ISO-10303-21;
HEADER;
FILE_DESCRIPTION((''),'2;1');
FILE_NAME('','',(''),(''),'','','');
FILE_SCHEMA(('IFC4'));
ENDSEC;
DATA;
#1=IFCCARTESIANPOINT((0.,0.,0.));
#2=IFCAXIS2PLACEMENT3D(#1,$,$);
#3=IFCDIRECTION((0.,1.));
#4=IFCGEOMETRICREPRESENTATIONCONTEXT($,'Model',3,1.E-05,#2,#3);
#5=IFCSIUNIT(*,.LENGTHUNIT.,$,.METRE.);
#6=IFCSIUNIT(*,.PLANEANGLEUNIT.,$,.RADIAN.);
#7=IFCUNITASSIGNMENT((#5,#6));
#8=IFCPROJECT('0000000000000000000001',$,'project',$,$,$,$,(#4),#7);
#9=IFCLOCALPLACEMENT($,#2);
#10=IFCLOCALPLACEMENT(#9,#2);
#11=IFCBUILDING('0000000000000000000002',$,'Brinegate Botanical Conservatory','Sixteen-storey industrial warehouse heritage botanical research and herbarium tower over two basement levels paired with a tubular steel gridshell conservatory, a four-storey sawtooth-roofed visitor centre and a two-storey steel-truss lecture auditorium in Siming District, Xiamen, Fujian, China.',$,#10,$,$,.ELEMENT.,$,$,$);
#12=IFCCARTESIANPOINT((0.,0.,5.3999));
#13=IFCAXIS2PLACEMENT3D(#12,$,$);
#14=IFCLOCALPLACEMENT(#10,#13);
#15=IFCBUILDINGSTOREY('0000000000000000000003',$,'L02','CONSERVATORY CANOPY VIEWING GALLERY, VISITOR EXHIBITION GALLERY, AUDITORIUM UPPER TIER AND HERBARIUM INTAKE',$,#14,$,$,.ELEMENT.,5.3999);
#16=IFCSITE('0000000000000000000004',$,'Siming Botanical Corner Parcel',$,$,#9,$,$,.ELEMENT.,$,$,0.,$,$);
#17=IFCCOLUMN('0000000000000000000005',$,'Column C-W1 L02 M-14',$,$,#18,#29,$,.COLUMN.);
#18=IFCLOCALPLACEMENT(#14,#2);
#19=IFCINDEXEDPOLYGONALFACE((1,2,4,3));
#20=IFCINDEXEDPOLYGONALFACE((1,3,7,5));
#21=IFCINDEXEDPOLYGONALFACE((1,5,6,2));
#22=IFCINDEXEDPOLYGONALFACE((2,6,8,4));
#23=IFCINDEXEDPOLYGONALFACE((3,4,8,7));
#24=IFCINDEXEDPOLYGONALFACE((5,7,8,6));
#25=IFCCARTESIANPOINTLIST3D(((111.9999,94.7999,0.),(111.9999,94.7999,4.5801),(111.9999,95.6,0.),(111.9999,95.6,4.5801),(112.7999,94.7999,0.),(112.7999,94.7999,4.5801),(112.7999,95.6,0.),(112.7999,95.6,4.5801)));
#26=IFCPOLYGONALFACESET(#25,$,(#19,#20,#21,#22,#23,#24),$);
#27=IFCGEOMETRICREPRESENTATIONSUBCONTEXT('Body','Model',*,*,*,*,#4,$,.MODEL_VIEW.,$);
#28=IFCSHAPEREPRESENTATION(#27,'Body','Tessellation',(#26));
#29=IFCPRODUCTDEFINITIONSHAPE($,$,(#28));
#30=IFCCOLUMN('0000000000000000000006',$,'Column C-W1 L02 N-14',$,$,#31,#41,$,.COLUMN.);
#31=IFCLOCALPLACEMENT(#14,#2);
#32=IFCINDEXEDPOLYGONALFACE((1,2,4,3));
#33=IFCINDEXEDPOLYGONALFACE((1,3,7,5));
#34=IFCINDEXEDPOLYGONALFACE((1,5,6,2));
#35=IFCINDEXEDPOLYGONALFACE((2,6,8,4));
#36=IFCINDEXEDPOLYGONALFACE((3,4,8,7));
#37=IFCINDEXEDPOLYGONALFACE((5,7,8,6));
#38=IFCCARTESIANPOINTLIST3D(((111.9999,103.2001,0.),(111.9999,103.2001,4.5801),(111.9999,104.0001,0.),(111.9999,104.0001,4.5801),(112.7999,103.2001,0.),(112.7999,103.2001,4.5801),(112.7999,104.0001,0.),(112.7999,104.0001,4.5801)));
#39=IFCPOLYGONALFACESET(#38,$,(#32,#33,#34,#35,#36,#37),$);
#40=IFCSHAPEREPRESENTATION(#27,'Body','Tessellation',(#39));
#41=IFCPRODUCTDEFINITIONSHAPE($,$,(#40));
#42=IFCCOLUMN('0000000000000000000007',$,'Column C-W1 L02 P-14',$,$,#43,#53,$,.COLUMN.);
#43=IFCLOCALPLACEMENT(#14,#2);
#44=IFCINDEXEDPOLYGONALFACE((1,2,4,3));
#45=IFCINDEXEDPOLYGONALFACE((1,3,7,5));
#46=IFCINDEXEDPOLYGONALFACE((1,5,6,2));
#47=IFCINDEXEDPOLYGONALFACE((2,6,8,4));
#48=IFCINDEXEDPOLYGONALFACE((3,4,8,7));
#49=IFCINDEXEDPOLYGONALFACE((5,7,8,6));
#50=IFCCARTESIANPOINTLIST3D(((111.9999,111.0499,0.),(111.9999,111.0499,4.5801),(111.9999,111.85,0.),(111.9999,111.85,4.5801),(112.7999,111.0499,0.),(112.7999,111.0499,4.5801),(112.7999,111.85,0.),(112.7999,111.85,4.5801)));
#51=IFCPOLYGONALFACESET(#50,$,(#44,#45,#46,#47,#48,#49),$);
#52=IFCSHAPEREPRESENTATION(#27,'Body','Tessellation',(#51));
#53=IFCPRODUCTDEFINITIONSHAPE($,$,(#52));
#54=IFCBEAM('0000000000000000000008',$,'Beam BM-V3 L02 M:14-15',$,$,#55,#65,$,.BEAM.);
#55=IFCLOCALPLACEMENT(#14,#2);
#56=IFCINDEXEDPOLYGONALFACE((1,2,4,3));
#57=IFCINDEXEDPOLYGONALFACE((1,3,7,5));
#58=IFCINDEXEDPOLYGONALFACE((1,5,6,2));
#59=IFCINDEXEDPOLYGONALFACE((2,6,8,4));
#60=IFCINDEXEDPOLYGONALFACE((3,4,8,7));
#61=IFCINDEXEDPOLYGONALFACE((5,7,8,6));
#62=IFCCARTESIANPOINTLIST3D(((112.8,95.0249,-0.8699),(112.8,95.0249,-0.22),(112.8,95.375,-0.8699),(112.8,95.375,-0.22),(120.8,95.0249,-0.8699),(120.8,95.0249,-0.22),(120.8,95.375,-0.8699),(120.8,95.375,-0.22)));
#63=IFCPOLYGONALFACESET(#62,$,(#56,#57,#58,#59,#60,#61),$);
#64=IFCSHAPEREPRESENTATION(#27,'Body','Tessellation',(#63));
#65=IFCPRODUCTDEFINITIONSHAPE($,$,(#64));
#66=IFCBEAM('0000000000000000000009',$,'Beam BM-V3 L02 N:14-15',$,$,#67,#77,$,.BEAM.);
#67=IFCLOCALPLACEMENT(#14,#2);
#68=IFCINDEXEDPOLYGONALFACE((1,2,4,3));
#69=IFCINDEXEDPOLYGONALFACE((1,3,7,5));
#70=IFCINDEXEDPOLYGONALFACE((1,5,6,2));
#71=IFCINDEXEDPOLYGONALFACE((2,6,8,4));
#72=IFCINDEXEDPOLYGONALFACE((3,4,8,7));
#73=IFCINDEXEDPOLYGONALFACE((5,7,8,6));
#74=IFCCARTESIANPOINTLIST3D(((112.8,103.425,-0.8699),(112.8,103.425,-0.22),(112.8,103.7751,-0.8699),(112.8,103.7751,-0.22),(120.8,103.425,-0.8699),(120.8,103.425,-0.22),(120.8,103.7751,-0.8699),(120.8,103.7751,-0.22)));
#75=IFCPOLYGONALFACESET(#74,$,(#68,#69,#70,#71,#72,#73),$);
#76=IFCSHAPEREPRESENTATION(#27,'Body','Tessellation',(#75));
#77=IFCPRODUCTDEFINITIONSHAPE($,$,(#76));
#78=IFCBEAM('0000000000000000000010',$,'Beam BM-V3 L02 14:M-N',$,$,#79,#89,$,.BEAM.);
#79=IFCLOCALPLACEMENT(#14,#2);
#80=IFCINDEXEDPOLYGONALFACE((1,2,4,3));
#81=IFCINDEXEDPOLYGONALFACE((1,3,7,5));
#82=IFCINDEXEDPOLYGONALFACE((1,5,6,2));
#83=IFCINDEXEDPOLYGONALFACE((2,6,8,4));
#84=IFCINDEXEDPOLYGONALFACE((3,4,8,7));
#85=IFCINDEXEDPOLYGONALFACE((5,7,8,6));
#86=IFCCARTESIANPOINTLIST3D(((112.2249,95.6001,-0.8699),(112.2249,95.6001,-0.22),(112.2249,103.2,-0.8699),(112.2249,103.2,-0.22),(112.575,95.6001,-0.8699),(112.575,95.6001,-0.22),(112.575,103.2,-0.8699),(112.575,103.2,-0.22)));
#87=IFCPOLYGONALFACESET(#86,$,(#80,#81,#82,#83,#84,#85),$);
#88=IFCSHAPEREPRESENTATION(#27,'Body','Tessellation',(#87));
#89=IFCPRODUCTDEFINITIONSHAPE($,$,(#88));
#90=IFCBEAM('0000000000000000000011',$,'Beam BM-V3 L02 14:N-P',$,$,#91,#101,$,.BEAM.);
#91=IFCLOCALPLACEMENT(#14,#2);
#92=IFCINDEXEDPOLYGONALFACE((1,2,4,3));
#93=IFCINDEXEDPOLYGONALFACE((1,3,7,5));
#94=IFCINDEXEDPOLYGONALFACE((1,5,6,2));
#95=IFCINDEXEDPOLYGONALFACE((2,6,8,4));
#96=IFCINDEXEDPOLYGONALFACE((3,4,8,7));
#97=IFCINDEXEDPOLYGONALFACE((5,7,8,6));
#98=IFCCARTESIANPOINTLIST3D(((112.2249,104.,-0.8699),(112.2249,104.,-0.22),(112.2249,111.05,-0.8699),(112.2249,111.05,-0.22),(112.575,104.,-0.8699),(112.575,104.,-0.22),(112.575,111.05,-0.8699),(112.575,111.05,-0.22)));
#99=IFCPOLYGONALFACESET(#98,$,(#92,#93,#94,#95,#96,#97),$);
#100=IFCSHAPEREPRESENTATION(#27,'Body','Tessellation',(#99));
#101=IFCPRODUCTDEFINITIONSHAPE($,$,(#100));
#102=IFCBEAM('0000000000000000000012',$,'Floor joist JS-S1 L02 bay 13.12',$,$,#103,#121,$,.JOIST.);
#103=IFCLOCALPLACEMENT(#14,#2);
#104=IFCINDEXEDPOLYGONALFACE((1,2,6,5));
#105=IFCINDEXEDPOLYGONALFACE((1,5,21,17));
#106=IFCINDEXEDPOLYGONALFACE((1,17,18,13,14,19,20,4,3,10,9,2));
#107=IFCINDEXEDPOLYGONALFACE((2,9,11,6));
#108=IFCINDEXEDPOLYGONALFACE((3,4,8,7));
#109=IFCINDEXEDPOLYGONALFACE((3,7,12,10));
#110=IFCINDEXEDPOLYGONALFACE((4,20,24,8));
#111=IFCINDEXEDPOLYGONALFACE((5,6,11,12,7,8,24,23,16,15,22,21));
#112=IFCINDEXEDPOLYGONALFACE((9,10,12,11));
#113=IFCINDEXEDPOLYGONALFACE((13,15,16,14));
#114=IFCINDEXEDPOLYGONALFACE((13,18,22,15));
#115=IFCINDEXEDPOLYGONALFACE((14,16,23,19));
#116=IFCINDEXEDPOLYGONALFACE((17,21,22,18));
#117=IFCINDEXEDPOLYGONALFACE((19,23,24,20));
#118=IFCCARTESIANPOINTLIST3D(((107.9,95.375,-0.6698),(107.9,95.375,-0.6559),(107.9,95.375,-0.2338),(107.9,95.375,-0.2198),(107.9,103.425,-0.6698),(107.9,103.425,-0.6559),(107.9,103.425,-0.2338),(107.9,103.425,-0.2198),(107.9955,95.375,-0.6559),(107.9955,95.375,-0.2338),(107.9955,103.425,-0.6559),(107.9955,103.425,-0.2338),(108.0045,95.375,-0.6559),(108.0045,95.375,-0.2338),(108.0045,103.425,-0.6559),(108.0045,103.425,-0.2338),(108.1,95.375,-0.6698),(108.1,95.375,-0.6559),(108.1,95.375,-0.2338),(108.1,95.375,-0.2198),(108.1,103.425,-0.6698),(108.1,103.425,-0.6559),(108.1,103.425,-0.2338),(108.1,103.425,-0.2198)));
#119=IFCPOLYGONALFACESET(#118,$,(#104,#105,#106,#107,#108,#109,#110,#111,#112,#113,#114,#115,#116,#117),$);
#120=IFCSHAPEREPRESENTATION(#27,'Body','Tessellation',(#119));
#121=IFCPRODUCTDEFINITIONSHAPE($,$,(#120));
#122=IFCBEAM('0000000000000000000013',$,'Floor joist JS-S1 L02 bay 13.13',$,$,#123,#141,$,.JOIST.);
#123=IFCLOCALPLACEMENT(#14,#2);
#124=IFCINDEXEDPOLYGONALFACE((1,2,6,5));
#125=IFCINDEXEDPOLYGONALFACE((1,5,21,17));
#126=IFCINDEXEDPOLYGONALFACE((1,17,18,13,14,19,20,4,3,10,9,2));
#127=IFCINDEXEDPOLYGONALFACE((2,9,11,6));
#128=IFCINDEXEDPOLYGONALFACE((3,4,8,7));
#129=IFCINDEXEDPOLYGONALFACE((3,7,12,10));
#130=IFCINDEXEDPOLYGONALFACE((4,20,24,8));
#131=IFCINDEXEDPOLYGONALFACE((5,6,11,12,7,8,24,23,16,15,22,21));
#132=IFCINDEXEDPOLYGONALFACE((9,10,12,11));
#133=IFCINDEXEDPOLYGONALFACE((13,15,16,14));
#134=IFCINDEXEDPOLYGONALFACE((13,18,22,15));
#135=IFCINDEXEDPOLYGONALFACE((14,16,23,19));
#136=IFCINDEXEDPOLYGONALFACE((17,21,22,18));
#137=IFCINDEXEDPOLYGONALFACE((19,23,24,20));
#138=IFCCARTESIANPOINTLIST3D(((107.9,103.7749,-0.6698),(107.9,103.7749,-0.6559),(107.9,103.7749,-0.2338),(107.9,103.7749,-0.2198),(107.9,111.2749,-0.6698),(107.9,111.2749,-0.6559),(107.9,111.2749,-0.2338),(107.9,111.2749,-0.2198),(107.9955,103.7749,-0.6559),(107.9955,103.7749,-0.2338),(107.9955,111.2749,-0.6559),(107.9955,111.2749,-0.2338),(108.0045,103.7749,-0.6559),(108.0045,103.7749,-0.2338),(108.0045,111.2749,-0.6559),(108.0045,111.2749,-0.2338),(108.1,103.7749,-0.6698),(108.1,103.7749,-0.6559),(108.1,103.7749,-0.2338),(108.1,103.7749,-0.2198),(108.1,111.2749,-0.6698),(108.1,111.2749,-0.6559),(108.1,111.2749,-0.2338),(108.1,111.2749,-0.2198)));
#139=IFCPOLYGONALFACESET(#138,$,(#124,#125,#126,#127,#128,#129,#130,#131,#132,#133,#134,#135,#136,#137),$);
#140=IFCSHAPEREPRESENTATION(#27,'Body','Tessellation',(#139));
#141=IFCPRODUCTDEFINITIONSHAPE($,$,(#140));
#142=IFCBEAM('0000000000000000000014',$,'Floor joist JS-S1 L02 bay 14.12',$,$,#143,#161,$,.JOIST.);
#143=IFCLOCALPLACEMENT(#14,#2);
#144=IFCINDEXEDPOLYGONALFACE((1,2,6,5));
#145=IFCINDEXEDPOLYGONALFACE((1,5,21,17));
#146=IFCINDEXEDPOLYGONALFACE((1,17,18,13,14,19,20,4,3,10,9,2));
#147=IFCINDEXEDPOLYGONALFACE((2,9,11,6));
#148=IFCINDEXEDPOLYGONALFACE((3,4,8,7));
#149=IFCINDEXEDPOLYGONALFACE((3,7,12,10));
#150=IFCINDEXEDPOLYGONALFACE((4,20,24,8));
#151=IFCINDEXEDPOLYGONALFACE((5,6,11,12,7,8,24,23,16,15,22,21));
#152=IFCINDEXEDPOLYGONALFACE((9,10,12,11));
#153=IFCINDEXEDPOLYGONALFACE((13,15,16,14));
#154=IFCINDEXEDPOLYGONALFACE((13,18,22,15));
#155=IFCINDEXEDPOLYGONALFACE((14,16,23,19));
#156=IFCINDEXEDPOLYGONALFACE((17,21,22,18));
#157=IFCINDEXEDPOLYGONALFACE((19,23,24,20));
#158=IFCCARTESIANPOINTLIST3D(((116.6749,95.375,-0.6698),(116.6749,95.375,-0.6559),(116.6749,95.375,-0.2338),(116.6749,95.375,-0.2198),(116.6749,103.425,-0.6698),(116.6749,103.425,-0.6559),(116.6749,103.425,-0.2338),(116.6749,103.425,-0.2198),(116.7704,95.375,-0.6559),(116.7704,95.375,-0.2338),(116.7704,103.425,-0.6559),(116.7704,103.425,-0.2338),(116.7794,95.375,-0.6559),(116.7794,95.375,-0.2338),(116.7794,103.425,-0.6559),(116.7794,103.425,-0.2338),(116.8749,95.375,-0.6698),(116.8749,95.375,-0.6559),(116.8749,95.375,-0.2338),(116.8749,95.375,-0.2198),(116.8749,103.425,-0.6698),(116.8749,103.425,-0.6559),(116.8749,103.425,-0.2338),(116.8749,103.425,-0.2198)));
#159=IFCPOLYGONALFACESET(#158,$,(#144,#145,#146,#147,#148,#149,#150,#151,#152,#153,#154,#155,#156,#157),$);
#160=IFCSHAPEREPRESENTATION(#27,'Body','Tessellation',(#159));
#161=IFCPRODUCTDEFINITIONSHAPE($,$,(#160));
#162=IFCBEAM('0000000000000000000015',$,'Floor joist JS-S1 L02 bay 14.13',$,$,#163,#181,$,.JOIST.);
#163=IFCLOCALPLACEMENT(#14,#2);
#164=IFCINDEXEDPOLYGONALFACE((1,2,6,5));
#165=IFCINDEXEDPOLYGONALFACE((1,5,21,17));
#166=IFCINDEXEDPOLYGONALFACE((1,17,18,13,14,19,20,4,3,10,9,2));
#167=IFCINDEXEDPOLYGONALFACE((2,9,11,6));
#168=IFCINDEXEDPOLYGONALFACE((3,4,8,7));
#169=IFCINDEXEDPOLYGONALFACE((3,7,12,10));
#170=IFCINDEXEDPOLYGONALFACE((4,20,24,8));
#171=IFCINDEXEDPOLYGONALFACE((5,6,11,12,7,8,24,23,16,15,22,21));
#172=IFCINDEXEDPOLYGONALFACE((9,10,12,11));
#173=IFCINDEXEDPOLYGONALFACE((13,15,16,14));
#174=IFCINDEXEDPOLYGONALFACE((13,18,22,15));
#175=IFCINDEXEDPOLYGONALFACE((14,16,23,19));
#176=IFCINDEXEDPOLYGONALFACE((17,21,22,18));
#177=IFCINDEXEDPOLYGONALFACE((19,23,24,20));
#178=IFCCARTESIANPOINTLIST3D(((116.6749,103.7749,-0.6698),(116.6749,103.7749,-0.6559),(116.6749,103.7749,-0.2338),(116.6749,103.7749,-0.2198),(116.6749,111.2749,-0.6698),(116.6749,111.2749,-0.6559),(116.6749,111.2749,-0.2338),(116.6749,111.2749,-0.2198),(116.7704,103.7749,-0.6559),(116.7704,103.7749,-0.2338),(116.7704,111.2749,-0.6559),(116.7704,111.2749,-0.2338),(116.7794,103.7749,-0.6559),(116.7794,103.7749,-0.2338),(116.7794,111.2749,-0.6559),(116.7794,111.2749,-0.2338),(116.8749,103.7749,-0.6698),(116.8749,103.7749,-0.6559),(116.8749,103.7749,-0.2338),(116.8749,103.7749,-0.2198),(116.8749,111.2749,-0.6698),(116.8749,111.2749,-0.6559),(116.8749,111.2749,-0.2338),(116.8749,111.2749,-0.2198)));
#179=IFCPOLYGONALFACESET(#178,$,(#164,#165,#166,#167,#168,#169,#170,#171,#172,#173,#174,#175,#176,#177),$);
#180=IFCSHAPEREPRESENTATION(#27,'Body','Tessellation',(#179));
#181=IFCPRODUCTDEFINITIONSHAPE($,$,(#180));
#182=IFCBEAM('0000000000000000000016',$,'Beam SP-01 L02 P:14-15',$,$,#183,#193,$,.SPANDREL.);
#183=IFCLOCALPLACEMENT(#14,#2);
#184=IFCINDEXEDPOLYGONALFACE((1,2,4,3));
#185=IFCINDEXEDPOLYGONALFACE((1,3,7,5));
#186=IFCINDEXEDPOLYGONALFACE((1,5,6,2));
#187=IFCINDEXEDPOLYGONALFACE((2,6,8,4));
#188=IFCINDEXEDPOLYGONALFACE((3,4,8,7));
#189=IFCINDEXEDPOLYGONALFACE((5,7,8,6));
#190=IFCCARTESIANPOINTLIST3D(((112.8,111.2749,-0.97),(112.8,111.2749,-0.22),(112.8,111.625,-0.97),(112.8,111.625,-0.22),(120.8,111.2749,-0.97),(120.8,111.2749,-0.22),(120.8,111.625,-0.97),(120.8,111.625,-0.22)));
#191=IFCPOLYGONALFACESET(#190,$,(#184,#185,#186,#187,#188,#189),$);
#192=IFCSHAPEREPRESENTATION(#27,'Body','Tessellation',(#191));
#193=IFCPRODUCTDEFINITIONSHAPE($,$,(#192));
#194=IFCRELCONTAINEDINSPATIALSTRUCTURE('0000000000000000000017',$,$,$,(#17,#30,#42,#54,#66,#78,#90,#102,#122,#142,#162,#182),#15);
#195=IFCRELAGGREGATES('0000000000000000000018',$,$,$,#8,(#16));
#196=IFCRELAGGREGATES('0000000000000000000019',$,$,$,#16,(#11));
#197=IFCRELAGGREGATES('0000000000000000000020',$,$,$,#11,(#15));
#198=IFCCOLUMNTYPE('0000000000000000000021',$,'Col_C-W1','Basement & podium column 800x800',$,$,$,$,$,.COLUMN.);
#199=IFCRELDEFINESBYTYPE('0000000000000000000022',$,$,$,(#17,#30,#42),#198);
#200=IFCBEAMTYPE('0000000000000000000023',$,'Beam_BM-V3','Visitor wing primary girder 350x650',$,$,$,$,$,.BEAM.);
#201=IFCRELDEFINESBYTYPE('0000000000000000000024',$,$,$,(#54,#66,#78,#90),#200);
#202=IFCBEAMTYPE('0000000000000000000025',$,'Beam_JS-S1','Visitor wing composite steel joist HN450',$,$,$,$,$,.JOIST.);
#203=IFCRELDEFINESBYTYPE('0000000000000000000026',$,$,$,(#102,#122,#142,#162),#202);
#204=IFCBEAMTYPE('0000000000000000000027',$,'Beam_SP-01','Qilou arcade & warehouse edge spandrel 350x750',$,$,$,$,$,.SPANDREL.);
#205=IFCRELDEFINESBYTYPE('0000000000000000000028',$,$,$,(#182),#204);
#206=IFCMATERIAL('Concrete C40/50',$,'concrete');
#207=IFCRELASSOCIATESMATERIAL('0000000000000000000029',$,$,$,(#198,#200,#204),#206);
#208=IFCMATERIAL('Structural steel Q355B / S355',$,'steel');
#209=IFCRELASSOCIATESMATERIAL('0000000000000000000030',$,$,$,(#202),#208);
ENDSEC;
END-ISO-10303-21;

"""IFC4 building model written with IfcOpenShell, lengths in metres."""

from ifc_helpers import new_model, si_unit, direction, frame, origin, origin_2d, place, context, subcontext, project, spatial, rectangle, i_section, extrude, material, material_profile, profile_set, type_object, element, save


model = new_model("IFC4")

# Units and contexts
model_context = context("Model", 3, precision=1e-05, world=origin(), true_north=direction((0.0, 1.0)))
body_context = subcontext(model_context, "Body", "Model", "MODEL_VIEW")
ifc_project = project(units=[si_unit("LENGTHUNIT", "METRE"), si_unit("PLANEANGLEUNIT", "RADIAN")], contexts=[model_context])

# Site, building, storey
site_placement = place(None, origin())
site = spatial("IfcSite", under=ifc_project, at=site_placement, Name="Siming Botanical Corner Parcel", CompositionType="ELEMENT", RefElevation=0.0)
building_placement = place(site_placement, origin())
building = spatial("IfcBuilding", under=site, at=building_placement, Name="Brinegate Botanical Conservatory", Description="Sixteen-storey industrial warehouse heritage botanical research and herbarium tower over two basement levels paired with a tubular steel gridshell conservatory, a four-storey sawtooth-roofed visitor centre and a two-storey steel-truss lecture auditorium in Siming District, Xiamen, Fujian, China.", CompositionType="ELEMENT")
storey_placement = place(building_placement, frame((0.0, 0.0, 5.3999)))
storey = spatial("IfcBuildingStorey", under=building, at=storey_placement, Name="L02", Description="CONSERVATORY CANOPY VIEWING GALLERY, VISITOR EXHIBITION GALLERY, AUDITORIUM UPPER TIER AND HERBARIUM INTAKE", CompositionType="ELEMENT", Elevation=5.3999)

# Columns
ifc_material_1 = material(Name="Concrete C40/50", Category="concrete")
ifc_material_profile_1 = material_profile(ifc_material_1, rectangle(XDim=0.8, YDim=0.8, at=origin_2d()), Name="RC COL 800x800")
ifc_profile_set_1 = profile_set([ifc_material_profile_1], Name="Concrete C40/50")
column_type = type_object("IfcColumnType", Name="Col_C-W1", Description="Basement & podium column 800x800", PredefinedType="COLUMN", material=ifc_profile_set_1)
for number, where, z_axis, x_axis, name in (
    (1, (112.3999, 95.2, 0.0), (0.0, 0.0, 1.0), (1.0, 0.0, 0.0), "Column C-W1 L02 M-14"),
    (2, (112.3999, 103.6001, 0.0), (0.0, 0.0, 1.0), (1.0, 0.0, 0.0), "Column C-W1 L02 N-14"),
    (3, (112.3999, 111.45, 0.0), (0.0, 0.0, 1.0), (1.0, 0.0, 0.0), "Column C-W1 L02 P-14"),
):
    element("IfcColumn", number, at=place(storey_placement, frame(where, z_axis=z_axis, x_axis=x_axis)), inside=storey, type_object=column_type, Name=name, PredefinedType="COLUMN", context=body_context, shape_type="SweptSolid", body=[
        extrude(rectangle(XDim=0.8, YDim=0.8, at=origin_2d()), origin(), (0.0, 0.0, 1.0), 4.5801),
    ])

# Beams
ifc_material_profile_2 = material_profile(ifc_material_1, rectangle(XDim=0.3501, YDim=0.6499, at=origin_2d()), Name="RC BM 350x650")
ifc_profile_set_2 = profile_set([ifc_material_profile_2], Name="Concrete C40/50")
beam_type_1 = type_object("IfcBeamType", Name="Beam_BM-V3", Description="Visitor wing primary girder 350x650", PredefinedType="BEAM", material=ifc_profile_set_2)
for number, where, z_axis, x_axis, name in (
    (4, (112.8, 95.2, -0.5449), (1.0, 0.0, 0.0), (0.0, 1.0, 0.0), "Beam BM-V3 L02 M:14-15"),
    (5, (112.8, 103.6001, -0.5449), (1.0, 0.0, 0.0), (0.0, 1.0, 0.0), "Beam BM-V3 L02 N:14-15"),
):
    element("IfcBeam", number, at=place(storey_placement, frame(where, z_axis=z_axis, x_axis=x_axis)), inside=storey, type_object=beam_type_1, Name=name, PredefinedType="BEAM", context=body_context, shape_type="SweptSolid", body=[
        extrude(rectangle(XDim=0.3501, YDim=0.6499, at=origin_2d()), origin(), (0.0, 0.0, 1.0), 8.0),
    ])
beam_1_placement = place(storey_placement, frame((112.3999, 95.6001, -0.5449), z_axis=(0.0, 1.0, 0.0), x_axis=(-1.0, 0.0, 0.0)))
element("IfcBeam", 6, at=beam_1_placement, inside=storey, type_object=beam_type_1, Name="Beam BM-V3 L02 14:M-N", PredefinedType="BEAM", context=body_context, shape_type="SweptSolid", body=[
    extrude(rectangle(XDim=0.3501, YDim=0.6499, at=origin_2d()), origin(), (0.0, 0.0, 1.0), 7.5999),
])
beam_2_placement = place(storey_placement, frame((112.3999, 104.0, -0.5449), z_axis=(0.0, 1.0, 0.0), x_axis=(-1.0, 0.0, 0.0)))
element("IfcBeam", 7, at=beam_2_placement, inside=storey, type_object=beam_type_1, Name="Beam BM-V3 L02 14:N-P", PredefinedType="BEAM", context=body_context, shape_type="SweptSolid", body=[
    extrude(rectangle(XDim=0.3501, YDim=0.6499, at=origin_2d()), origin(), (0.0, 0.0, 1.0), 7.05),
])
ifc_material_2 = material(Name="Structural steel Q355B / S355", Category="steel")
ifc_material_profile_3 = material_profile(ifc_material_2, i_section(OverallWidth=0.2, OverallDepth=0.45, WebThickness=0.009, FlangeThickness=0.0139, at=origin_2d()), Name="HN 450x200x9x14")
ifc_profile_set_3 = profile_set([ifc_material_profile_3], Name="Structural steel Q355B / S355")
beam_type_2 = type_object("IfcBeamType", Name="Beam_JS-S1", Description="Visitor wing composite steel joist HN450", PredefinedType="JOIST", material=ifc_profile_set_3)
beam_3_placement = place(storey_placement, frame((108.0, 95.375, -0.4448), z_axis=(0.0, 1.0, 0.0), x_axis=(-1.0, 0.0, 0.0)))
element("IfcBeam", 8, at=beam_3_placement, inside=storey, type_object=beam_type_2, Name="Floor joist JS-S1 L02 bay 13.12", PredefinedType="JOIST", context=body_context, shape_type="SweptSolid", body=[
    extrude(i_section(OverallWidth=0.2, OverallDepth=0.45, WebThickness=0.009, FlangeThickness=0.0139, at=origin_2d()), origin(), (0.0, 0.0, 1.0), 8.05),
])
beam_4_placement = place(storey_placement, frame((108.0, 103.7749, -0.4448), z_axis=(0.0, 1.0, 0.0), x_axis=(-1.0, 0.0, 0.0)))
element("IfcBeam", 9, at=beam_4_placement, inside=storey, type_object=beam_type_2, Name="Floor joist JS-S1 L02 bay 13.13", PredefinedType="JOIST", context=body_context, shape_type="SweptSolid", body=[
    extrude(i_section(OverallWidth=0.2, OverallDepth=0.45, WebThickness=0.009, FlangeThickness=0.0139, at=origin_2d()), origin(), (0.0, 0.0, 1.0), 7.5),
])
beam_5_placement = place(storey_placement, frame((116.7749, 95.375, -0.4448), z_axis=(0.0, 1.0, 0.0), x_axis=(-1.0, 0.0, 0.0)))
element("IfcBeam", 10, at=beam_5_placement, inside=storey, type_object=beam_type_2, Name="Floor joist JS-S1 L02 bay 14.12", PredefinedType="JOIST", context=body_context, shape_type="SweptSolid", body=[
    extrude(i_section(OverallWidth=0.2, OverallDepth=0.45, WebThickness=0.009, FlangeThickness=0.0139, at=origin_2d()), origin(), (0.0, 0.0, 1.0), 8.05),
])
beam_6_placement = place(storey_placement, frame((116.7749, 103.7749, -0.4448), z_axis=(0.0, 1.0, 0.0), x_axis=(-1.0, 0.0, 0.0)))
element("IfcBeam", 11, at=beam_6_placement, inside=storey, type_object=beam_type_2, Name="Floor joist JS-S1 L02 bay 14.13", PredefinedType="JOIST", context=body_context, shape_type="SweptSolid", body=[
    extrude(i_section(OverallWidth=0.2, OverallDepth=0.45, WebThickness=0.009, FlangeThickness=0.0139, at=origin_2d()), origin(), (0.0, 0.0, 1.0), 7.5),
])
ifc_material_profile_4 = material_profile(ifc_material_1, rectangle(XDim=0.3501, YDim=0.75, at=origin_2d()), Name="RC SPN 350x750")
ifc_profile_set_4 = profile_set([ifc_material_profile_4], Name="Concrete C40/50")
beam_type_3 = type_object("IfcBeamType", Name="Beam_SP-01", Description="Qilou arcade & warehouse edge spandrel 350x750", PredefinedType="SPANDREL", material=ifc_profile_set_4)
beam_7_placement = place(storey_placement, frame((112.8, 111.45, -0.595), z_axis=(1.0, 0.0, 0.0), x_axis=(0.0, 1.0, 0.0)))
element("IfcBeam", 12, at=beam_7_placement, inside=storey, type_object=beam_type_3, Name="Beam SP-01 L02 P:14-15", PredefinedType="SPANDREL", context=body_context, shape_type="SweptSolid", body=[
    extrude(rectangle(XDim=0.3501, YDim=0.75, at=origin_2d()), origin(), (0.0, 0.0, 1.0), 8.0),
])

save(model, "model.ifc")
